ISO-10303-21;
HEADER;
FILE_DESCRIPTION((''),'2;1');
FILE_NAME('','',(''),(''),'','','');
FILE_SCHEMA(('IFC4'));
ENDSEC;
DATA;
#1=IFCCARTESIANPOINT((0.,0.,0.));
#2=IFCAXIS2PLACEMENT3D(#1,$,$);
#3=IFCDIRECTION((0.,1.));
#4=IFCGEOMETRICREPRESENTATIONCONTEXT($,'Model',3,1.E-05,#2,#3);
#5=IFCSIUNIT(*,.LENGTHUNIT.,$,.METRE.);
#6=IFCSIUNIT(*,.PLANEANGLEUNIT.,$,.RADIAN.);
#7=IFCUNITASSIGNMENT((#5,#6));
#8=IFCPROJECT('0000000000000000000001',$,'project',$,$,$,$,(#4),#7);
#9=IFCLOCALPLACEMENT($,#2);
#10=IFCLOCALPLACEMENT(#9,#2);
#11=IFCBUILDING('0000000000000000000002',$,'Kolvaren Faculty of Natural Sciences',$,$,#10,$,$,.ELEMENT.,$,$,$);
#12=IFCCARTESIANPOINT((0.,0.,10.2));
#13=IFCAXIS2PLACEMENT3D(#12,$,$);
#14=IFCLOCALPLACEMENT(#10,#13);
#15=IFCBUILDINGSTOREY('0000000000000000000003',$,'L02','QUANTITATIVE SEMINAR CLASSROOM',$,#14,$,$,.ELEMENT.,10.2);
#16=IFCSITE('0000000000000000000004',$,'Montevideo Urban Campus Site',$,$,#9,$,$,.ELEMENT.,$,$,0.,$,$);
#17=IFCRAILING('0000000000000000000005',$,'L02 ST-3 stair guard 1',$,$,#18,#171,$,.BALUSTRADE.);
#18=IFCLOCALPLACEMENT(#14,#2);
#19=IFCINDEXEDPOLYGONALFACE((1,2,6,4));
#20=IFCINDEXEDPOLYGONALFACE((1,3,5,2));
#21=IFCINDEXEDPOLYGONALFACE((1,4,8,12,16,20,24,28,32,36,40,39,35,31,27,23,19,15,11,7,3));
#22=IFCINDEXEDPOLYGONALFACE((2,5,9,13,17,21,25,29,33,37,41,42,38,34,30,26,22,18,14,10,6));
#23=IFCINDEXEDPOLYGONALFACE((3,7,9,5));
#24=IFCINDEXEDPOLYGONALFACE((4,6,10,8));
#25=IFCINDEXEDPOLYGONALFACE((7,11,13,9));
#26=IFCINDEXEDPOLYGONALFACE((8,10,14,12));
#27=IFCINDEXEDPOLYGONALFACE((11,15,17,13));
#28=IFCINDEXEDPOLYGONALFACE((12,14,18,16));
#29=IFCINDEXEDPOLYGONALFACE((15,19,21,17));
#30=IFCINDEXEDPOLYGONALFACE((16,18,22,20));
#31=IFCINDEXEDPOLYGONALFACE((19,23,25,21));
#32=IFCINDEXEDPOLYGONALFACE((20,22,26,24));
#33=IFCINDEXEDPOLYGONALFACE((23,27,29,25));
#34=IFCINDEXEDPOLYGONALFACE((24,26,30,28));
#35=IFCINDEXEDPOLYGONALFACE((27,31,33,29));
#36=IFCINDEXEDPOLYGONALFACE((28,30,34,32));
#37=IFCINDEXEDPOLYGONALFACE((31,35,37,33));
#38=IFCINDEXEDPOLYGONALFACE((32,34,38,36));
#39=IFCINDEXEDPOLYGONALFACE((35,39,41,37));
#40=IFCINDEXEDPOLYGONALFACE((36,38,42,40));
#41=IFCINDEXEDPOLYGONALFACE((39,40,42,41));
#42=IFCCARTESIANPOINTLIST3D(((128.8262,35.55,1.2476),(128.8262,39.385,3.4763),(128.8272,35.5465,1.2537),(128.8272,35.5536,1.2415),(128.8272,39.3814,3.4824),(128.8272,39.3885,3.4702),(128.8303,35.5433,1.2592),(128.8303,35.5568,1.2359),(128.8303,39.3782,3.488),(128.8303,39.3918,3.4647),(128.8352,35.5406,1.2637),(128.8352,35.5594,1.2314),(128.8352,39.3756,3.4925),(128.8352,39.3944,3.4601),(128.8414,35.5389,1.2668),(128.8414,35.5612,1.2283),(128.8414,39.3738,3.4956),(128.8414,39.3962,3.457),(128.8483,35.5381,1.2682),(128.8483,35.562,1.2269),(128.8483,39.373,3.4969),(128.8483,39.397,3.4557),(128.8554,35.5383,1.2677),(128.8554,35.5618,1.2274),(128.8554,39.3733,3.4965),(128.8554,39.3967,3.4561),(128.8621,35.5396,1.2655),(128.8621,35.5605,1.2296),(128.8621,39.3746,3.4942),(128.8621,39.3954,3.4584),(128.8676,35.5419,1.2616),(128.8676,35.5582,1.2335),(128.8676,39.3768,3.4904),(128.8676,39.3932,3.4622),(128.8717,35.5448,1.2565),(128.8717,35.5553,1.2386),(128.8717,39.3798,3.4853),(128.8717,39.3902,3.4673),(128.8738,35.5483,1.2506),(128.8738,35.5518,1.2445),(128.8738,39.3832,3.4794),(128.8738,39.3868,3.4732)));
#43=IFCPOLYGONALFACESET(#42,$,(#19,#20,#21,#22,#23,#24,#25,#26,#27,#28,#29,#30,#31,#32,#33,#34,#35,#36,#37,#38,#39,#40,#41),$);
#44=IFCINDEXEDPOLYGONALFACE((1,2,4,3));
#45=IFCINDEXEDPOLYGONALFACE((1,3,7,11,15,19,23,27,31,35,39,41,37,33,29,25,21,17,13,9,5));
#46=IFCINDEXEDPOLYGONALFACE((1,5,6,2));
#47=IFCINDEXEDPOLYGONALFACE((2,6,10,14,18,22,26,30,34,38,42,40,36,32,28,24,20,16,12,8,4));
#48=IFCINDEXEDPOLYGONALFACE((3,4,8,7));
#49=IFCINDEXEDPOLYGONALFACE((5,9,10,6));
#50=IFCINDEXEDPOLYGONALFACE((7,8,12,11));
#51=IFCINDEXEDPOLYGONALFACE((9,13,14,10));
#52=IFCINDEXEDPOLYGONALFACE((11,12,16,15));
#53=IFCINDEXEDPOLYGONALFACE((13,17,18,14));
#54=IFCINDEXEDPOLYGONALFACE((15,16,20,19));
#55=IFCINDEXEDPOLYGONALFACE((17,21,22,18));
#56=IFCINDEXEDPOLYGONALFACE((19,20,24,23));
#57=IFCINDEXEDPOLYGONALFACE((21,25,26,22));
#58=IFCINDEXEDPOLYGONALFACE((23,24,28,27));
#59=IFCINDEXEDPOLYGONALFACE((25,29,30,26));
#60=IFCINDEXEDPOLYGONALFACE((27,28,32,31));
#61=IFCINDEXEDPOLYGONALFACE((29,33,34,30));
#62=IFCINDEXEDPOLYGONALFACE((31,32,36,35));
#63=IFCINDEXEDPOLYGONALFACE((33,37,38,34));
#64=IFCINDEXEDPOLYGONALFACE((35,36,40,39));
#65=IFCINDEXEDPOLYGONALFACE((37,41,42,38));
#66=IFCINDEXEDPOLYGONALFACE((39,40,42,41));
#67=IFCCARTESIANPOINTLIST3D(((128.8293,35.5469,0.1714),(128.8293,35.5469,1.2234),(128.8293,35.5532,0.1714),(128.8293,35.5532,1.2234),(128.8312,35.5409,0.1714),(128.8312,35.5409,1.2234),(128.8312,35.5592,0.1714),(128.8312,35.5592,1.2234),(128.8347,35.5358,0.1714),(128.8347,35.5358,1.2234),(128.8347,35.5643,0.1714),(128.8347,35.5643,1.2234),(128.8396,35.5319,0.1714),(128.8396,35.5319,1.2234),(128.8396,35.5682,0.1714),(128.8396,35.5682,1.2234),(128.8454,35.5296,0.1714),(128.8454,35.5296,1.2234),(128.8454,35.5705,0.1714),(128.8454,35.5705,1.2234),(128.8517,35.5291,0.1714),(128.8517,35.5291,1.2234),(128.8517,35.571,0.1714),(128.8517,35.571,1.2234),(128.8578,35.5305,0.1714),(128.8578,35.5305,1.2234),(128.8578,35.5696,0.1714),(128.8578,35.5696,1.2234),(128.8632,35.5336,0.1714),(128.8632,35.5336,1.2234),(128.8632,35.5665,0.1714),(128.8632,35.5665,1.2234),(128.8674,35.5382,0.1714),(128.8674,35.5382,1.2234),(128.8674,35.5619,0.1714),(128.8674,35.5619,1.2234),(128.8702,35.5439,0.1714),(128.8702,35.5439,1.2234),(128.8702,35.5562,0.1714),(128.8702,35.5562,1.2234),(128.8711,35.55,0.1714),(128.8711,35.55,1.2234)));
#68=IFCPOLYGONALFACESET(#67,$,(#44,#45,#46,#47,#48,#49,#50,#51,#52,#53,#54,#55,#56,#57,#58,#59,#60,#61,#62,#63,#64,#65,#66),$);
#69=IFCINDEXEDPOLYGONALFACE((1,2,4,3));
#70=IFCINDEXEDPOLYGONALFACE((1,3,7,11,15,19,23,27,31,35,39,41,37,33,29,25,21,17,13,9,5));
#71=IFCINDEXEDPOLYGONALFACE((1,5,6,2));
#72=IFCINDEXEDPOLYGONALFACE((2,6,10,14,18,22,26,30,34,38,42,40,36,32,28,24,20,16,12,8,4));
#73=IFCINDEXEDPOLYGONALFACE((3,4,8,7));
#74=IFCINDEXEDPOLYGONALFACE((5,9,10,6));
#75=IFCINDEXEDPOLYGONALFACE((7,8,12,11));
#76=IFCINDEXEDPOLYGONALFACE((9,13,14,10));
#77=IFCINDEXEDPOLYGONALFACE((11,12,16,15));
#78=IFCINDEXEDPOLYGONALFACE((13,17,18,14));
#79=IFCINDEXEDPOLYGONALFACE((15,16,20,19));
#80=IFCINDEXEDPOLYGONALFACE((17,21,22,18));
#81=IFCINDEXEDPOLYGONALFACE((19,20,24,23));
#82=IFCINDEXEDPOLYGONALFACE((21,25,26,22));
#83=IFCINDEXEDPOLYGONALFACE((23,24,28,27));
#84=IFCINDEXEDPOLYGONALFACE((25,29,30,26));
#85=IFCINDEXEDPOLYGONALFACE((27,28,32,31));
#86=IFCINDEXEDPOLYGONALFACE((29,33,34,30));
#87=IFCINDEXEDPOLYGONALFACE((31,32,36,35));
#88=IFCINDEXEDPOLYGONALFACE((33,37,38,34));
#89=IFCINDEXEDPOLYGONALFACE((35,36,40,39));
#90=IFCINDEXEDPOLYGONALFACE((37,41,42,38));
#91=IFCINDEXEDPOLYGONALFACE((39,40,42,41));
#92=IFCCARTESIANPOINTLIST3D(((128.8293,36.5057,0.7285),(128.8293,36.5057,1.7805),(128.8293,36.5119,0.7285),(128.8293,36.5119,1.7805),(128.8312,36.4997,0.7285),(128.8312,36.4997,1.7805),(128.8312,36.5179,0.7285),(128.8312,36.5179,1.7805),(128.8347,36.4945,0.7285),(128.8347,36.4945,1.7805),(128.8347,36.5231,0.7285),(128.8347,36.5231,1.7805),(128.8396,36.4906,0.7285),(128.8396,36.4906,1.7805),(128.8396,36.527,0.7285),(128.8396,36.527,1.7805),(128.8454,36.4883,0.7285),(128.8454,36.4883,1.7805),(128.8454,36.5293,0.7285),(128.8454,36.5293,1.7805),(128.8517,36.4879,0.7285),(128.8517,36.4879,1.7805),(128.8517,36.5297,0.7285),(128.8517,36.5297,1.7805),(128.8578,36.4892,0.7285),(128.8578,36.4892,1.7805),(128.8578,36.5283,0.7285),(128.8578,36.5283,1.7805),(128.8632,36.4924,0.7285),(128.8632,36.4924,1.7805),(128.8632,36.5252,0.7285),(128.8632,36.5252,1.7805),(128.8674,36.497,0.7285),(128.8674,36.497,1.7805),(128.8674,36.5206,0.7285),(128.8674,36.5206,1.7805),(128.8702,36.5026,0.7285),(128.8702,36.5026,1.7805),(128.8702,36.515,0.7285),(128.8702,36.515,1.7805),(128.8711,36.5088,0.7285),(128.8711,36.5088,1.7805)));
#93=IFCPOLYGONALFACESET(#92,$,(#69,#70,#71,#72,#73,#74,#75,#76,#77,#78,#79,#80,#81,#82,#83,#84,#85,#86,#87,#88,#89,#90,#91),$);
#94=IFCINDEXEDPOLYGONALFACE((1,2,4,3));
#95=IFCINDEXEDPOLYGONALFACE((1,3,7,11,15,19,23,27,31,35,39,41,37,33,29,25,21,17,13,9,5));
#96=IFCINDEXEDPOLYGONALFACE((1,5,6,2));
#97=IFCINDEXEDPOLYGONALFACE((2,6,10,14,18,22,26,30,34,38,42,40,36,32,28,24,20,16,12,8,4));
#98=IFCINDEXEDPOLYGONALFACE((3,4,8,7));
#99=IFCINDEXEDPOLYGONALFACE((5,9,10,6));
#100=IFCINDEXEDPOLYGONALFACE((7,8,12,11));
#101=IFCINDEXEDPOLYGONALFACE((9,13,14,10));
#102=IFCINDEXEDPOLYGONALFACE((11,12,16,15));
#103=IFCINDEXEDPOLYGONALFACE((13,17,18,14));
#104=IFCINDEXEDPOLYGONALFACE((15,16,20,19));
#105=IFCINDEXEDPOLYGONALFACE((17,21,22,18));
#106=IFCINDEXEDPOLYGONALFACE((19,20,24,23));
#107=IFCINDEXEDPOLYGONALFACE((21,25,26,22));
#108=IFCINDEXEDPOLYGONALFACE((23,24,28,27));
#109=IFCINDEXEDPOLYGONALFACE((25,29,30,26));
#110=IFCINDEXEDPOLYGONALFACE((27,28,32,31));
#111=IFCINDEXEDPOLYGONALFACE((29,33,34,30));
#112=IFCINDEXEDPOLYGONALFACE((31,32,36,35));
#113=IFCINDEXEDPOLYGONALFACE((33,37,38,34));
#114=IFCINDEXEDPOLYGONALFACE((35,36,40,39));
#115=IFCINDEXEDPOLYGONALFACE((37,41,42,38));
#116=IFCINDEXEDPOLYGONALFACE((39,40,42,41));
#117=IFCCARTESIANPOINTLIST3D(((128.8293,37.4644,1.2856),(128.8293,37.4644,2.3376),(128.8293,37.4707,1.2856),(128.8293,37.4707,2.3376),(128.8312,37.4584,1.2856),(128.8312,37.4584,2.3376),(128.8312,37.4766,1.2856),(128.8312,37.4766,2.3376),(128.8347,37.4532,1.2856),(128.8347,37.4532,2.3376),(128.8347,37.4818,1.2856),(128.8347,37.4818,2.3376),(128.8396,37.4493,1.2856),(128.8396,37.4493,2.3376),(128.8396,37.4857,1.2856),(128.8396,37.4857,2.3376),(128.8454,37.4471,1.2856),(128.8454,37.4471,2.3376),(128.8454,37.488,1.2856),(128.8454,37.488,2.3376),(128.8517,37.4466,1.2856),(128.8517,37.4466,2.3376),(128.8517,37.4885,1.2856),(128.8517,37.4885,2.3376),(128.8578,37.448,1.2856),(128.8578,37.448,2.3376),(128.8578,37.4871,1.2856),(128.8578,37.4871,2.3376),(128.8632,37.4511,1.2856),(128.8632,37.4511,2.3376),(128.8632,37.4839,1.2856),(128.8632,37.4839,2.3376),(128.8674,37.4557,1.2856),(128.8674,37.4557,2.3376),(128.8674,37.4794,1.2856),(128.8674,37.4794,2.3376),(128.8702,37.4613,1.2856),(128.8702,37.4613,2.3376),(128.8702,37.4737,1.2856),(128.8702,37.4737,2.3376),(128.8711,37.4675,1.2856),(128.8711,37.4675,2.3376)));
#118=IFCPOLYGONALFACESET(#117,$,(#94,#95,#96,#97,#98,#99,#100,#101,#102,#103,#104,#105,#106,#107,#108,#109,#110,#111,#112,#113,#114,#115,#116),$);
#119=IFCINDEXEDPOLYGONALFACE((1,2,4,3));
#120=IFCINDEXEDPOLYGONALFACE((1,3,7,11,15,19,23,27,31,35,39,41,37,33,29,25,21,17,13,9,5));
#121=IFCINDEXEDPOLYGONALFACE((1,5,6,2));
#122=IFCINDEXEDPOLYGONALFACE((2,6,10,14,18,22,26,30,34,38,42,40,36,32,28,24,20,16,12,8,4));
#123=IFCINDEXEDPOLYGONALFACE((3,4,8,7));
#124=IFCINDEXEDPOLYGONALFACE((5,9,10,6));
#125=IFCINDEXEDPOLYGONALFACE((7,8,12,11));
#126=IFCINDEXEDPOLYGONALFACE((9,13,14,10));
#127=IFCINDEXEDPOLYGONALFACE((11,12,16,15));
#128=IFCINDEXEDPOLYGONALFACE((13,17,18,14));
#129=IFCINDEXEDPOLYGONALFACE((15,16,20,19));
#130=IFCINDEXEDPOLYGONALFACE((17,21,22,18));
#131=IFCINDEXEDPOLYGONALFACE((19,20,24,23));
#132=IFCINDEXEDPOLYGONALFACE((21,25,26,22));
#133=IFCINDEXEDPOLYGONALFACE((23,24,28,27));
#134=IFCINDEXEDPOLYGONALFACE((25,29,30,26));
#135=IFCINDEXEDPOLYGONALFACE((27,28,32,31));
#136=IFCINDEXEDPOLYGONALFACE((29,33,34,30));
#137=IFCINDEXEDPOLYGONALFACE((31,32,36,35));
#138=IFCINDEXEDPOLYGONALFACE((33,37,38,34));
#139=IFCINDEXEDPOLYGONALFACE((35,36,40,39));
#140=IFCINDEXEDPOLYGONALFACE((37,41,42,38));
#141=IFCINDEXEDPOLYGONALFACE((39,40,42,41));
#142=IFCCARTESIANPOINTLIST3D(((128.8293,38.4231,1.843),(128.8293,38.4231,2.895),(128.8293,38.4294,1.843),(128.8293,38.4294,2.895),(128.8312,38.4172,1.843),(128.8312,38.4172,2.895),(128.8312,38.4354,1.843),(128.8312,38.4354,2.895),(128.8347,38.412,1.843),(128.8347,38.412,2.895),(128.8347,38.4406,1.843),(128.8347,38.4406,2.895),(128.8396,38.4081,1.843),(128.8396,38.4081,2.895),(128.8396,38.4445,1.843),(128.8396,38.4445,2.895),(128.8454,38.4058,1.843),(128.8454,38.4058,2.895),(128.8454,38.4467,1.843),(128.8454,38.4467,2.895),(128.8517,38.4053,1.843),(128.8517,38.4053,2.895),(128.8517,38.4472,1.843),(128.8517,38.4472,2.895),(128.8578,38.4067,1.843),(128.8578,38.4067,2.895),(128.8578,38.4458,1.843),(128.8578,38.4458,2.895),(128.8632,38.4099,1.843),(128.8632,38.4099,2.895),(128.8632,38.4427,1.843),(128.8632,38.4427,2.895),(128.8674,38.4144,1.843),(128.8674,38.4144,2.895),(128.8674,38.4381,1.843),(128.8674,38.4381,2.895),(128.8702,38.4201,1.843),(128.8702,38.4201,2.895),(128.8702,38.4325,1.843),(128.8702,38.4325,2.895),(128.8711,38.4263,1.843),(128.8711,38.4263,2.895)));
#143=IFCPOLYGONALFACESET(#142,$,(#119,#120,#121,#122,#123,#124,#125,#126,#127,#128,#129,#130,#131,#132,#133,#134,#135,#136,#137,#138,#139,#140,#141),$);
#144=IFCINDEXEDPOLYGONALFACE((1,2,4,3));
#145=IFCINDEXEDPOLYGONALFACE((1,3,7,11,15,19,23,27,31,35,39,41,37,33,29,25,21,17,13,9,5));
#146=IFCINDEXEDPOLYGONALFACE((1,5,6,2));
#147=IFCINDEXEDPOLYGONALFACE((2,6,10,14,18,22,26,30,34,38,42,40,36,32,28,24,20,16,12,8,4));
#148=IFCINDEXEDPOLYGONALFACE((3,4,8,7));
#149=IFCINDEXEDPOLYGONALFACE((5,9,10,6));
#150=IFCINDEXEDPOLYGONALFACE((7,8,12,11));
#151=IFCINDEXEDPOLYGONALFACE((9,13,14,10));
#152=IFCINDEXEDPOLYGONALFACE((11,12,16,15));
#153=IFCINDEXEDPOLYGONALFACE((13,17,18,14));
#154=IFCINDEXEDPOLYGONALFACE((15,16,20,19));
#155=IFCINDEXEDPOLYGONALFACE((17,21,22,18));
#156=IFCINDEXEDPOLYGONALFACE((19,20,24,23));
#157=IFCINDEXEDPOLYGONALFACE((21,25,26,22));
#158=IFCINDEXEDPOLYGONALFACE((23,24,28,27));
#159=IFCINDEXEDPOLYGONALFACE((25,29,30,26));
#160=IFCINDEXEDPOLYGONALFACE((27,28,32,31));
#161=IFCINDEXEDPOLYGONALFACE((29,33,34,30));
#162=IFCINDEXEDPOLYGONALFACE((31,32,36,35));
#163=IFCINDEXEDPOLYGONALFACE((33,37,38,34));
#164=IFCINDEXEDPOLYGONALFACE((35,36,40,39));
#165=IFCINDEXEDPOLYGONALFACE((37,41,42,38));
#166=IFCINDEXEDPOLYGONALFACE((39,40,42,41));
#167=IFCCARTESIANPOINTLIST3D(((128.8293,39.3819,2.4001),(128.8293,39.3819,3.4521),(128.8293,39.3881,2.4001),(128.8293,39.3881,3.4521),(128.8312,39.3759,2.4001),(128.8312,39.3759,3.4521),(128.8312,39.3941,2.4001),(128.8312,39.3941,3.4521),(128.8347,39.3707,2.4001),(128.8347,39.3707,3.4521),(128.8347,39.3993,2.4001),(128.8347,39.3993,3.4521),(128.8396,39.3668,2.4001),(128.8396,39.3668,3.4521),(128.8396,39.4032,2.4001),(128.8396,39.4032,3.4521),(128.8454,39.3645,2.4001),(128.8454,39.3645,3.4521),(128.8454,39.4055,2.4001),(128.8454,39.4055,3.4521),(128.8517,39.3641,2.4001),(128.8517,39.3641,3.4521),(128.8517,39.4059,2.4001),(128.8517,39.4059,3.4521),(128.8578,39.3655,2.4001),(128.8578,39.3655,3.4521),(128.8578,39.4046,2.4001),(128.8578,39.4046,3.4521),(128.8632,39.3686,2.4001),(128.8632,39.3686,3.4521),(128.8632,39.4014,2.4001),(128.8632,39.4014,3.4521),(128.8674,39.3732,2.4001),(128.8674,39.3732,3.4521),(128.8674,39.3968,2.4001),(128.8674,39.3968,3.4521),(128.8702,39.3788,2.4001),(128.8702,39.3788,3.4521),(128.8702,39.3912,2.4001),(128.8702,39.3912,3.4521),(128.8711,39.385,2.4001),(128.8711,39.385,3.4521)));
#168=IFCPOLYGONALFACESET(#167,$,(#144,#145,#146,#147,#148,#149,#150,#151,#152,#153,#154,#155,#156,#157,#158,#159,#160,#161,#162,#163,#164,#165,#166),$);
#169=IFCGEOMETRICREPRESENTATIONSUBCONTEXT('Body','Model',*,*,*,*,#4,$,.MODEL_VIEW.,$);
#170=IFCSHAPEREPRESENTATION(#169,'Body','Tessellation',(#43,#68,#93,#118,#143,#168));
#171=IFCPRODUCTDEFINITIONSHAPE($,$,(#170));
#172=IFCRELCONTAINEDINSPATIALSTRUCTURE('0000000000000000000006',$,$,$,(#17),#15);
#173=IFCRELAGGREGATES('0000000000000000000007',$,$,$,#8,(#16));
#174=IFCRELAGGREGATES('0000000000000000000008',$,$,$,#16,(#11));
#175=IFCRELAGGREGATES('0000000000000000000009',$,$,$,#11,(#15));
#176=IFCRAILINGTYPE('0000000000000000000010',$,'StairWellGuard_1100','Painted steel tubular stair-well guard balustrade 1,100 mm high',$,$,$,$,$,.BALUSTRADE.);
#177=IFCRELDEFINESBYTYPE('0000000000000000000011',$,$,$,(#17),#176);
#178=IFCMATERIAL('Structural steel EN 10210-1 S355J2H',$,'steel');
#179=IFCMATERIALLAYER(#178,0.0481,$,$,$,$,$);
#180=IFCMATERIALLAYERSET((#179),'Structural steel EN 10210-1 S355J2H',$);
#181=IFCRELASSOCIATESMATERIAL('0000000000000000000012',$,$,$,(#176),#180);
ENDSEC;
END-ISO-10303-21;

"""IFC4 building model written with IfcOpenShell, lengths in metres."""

from ifc_helpers import new_model, si_unit, direction, frame, origin, origin_2d, place, context, subcontext, project, spatial, circle, extrude, material, layer, layer_set, type_object, element, save


model = new_model("IFC4")

# Units and contexts
model_context = context("Model", 3, precision=1e-05, world=origin(), true_north=direction((0.0, 1.0)))
body_context = subcontext(model_context, "Body", "Model", "MODEL_VIEW")
ifc_project = project(units=[si_unit("LENGTHUNIT", "METRE"), si_unit("PLANEANGLEUNIT", "RADIAN")], contexts=[model_context])

# Site, building, storey
site_placement = place(None, origin())
site = spatial("IfcSite", under=ifc_project, at=site_placement, Name="Montevideo Urban Campus Site", CompositionType="ELEMENT", RefElevation=0.0)
building_placement = place(site_placement, origin())
building = spatial("IfcBuilding", under=site, at=building_placement, Name="Kolvaren Faculty of Natural Sciences", CompositionType="ELEMENT")
storey_placement = place(building_placement, frame((0.0, 0.0, 10.2)))
storey = spatial("IfcBuildingStorey", under=building, at=storey_placement, Name="L02", Description="QUANTITATIVE SEMINAR CLASSROOM", CompositionType="ELEMENT", Elevation=10.2)

# Railing
ifc_material_1 = material(Name="Structural steel EN 10210-1 S355J2H", Category="steel")
ifc_layer_1 = layer(ifc_material_1, 0.0481)
ifc_layer_set_1 = layer_set([ifc_layer_1], Name="Structural steel EN 10210-1 S355J2H")
railing_type_1 = type_object("IfcRailingType", Name="StairWellGuard_1100", Description="Painted steel tubular stair-well guard balustrade 1,100 mm high", PredefinedType="BALUSTRADE", material=ifc_layer_set_1)
railing_1_placement = place(storey_placement, frame((128.8501, 35.55, 0.1714)))
element("IfcRailing", 1, at=railing_1_placement, inside=storey, type_object=railing_type_1, Name="L02 ST-3 stair guard 1", PredefinedType="BALUSTRADE", context=body_context, shape_type="SweptSolid", body=[
    extrude(circle(Radius=0.0239, at=origin_2d()), frame((0.0, 0.0, 1.0762), z_axis=(0.0, 0.864592, 0.502474), x_axis=(-1.0, 0.0, 0.0)), (0.0, 0.0, 1.0), 4.4355),
    extrude(circle(Radius=0.021, at=origin_2d()), origin(), (0.0, 0.0, 1.0), 1.052),
    extrude(circle(Radius=0.021, at=origin_2d()), frame((0.0, 0.9587, 0.5571)), (0.0, 0.0, 1.0), 1.052),
    extrude(circle(Radius=0.021, at=origin_2d()), frame((0.0, 1.9175, 1.1143)), (0.0, 0.0, 1.0), 1.052),
    extrude(circle(Radius=0.021, at=origin_2d()), frame((0.0, 2.8762, 1.6716)), (0.0, 0.0, 1.0), 1.052),
    extrude(circle(Radius=0.021, at=origin_2d()), frame((0.0, 3.835, 2.2288)), (0.0, 0.0, 1.0), 1.052),
])

save(model, "model.ifc")
